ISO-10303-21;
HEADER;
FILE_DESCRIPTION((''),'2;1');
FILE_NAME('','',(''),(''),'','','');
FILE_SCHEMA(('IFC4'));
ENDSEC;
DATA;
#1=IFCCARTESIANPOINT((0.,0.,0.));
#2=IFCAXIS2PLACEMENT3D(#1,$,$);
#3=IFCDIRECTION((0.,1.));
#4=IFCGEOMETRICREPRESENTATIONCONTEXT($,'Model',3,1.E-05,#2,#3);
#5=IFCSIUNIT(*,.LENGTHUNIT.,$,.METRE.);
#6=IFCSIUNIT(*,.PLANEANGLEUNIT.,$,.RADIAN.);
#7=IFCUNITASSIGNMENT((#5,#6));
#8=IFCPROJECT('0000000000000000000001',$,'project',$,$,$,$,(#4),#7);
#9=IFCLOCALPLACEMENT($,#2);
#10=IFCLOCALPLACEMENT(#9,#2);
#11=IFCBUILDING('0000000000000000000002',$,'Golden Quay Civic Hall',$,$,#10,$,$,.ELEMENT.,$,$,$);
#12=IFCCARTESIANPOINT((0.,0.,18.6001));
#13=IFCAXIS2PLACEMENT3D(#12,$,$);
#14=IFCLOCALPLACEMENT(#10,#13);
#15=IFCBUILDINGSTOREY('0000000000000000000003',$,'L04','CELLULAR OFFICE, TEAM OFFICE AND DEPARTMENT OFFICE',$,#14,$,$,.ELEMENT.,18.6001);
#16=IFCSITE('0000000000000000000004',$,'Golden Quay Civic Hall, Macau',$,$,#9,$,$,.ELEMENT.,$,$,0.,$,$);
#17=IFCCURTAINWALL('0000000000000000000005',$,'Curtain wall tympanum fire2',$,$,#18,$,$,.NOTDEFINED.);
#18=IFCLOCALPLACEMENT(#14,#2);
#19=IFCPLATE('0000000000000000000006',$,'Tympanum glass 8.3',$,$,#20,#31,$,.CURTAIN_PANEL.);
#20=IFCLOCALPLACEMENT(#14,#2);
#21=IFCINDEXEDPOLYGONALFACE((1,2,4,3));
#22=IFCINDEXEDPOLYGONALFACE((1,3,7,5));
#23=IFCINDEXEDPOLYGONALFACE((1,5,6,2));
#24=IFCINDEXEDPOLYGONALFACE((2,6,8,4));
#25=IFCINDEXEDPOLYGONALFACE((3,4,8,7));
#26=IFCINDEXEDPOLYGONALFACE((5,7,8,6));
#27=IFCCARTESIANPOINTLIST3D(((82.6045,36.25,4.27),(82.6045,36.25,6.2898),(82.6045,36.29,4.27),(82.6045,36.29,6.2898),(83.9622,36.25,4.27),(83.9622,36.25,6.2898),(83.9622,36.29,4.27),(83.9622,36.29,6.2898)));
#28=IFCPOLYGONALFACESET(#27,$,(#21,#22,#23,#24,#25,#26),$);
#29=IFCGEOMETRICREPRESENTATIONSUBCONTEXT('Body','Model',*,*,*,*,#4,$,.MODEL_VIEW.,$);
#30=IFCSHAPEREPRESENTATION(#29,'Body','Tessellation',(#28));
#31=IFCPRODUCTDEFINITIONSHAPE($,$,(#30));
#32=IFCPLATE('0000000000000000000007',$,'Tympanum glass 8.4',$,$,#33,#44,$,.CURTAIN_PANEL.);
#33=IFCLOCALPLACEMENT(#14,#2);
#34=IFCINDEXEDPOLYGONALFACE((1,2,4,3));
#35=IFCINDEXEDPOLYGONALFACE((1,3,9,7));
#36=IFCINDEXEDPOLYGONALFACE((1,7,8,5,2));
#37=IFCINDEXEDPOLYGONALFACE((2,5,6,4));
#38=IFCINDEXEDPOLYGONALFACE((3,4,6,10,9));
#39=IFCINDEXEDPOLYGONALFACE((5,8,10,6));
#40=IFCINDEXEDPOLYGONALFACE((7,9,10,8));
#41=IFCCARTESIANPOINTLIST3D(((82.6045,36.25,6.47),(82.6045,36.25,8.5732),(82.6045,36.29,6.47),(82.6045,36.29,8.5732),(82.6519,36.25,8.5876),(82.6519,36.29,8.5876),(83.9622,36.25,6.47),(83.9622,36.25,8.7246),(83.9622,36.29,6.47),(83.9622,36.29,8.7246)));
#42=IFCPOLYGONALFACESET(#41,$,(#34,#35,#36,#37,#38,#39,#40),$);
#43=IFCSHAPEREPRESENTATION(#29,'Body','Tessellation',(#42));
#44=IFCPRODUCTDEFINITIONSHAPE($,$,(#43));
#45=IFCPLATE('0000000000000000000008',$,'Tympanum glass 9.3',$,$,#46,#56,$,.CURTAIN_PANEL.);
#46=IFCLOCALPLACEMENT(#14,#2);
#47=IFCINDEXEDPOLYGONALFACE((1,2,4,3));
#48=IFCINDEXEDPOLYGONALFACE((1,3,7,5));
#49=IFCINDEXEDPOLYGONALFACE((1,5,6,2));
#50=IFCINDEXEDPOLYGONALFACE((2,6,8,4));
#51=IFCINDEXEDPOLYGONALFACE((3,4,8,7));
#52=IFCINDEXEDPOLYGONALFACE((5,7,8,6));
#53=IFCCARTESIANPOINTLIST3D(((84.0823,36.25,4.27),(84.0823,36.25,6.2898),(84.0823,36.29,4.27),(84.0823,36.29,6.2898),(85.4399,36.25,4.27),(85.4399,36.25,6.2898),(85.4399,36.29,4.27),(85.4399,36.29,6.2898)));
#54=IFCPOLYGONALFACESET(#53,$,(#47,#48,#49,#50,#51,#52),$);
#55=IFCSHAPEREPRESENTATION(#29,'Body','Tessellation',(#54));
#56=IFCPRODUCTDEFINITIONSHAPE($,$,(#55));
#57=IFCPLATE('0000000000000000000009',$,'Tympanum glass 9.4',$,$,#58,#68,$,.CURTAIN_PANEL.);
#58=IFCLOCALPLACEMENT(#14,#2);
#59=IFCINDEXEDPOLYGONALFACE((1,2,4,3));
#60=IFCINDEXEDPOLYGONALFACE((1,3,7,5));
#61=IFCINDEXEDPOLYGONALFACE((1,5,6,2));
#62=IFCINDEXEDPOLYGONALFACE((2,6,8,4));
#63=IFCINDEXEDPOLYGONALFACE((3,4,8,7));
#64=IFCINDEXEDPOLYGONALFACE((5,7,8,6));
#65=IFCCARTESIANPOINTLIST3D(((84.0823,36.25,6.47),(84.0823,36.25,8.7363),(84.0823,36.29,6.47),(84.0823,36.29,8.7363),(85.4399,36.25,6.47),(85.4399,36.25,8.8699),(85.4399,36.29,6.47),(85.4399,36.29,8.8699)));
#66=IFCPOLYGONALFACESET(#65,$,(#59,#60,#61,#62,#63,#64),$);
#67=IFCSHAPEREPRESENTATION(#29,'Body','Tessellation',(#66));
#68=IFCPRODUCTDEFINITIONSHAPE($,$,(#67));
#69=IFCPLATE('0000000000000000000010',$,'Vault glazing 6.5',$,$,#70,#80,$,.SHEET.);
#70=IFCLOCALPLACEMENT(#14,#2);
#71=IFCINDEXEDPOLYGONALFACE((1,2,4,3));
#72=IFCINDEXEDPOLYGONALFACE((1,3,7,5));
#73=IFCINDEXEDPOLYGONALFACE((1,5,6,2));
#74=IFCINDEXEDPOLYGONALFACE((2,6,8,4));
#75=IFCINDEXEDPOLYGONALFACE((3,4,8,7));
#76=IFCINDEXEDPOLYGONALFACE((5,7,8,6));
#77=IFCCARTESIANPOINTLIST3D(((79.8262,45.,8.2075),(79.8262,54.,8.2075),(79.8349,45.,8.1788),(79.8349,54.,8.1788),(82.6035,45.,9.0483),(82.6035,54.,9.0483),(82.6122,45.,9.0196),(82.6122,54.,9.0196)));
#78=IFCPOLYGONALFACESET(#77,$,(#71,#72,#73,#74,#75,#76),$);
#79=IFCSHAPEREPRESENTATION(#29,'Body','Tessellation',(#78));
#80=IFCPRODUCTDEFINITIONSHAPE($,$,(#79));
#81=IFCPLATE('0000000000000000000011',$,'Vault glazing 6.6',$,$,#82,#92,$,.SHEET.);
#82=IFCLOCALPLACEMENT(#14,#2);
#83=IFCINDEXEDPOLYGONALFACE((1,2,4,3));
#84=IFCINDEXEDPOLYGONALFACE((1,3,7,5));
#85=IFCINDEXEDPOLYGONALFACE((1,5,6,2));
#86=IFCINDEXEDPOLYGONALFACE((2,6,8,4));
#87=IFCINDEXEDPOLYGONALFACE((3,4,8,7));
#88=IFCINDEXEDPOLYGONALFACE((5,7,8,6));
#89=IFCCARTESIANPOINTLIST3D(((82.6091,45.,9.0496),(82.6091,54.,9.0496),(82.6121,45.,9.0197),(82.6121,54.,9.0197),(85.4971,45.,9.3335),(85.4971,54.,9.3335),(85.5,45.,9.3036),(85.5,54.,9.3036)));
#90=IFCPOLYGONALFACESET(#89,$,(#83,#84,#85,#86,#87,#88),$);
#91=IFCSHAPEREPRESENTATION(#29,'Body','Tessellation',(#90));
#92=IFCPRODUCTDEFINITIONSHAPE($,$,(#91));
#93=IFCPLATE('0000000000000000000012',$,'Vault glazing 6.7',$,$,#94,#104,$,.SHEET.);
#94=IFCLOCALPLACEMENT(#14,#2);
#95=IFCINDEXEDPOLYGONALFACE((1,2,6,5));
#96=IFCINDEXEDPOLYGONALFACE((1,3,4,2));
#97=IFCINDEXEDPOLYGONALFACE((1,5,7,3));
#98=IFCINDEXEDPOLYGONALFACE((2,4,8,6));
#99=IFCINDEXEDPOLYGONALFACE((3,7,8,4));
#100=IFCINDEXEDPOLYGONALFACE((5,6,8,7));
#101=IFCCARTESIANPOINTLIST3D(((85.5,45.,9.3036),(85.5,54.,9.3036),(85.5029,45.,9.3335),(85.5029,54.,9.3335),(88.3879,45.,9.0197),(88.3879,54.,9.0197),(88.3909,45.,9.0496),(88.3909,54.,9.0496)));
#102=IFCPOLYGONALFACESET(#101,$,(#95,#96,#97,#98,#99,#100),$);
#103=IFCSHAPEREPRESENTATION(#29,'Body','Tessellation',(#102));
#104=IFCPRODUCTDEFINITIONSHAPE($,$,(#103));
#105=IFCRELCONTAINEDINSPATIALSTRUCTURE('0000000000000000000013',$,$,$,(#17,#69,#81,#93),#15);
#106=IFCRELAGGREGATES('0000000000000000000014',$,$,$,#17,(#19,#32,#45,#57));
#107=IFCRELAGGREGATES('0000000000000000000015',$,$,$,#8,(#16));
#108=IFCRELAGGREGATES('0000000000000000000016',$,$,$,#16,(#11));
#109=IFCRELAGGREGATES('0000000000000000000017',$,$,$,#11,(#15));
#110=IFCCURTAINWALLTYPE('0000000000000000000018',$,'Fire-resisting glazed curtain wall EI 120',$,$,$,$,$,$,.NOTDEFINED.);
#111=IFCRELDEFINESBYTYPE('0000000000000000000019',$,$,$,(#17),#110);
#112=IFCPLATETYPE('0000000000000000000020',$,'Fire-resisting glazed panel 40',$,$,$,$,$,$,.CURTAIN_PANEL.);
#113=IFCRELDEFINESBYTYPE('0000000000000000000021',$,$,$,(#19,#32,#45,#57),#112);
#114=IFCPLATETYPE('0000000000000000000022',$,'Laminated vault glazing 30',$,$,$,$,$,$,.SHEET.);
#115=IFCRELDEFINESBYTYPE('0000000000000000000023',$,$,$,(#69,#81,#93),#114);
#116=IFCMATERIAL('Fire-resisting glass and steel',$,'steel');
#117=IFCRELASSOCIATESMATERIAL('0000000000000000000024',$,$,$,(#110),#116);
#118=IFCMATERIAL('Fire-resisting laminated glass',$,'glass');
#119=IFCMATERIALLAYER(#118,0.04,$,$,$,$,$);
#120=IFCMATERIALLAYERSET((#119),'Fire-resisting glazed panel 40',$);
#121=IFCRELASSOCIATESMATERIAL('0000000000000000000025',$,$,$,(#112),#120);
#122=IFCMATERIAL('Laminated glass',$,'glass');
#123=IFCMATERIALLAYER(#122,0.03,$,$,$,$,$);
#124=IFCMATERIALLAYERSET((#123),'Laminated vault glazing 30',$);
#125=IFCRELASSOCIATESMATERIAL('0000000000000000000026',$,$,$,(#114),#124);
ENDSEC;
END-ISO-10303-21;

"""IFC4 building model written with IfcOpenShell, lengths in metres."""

from ifc_helpers import new_model, si_unit, direction, frame, origin, place, context, subcontext, project, spatial, polyline, outline, extrude, material, layer, layer_set, type_object, element, aggregate, save


model = new_model("IFC4")

# Units and contexts
model_context = context("Model", 3, precision=1e-05, world=origin(), true_north=direction((0.0, 1.0)))
body_context = subcontext(model_context, "Body", "Model", "MODEL_VIEW")
ifc_project = project(units=[si_unit("LENGTHUNIT", "METRE"), si_unit("PLANEANGLEUNIT", "RADIAN")], contexts=[model_context])

# Site, building, storey
site_placement = place(None, origin())
site = spatial("IfcSite", under=ifc_project, at=site_placement, Name="Golden Quay Civic Hall, Macau", CompositionType="ELEMENT", RefElevation=0.0)
building_placement = place(site_placement, origin())
building = spatial("IfcBuilding", under=site, at=building_placement, Name="Golden Quay Civic Hall", CompositionType="ELEMENT")
storey_placement = place(building_placement, frame((0.0, 0.0, 18.6001)))
storey = spatial("IfcBuildingStorey", under=building, at=storey_placement, Name="L04", Description="CELLULAR OFFICE, TEAM OFFICE AND DEPARTMENT OFFICE", CompositionType="ELEMENT", Elevation=18.6001)

# Curtain wall
ifc_material_1 = material(Name="Fire-resisting glass and steel", Category="steel")
curtain_wall_type = type_object("IfcCurtainWallType", Name="Fire-resisting glazed curtain wall EI 120", PredefinedType="NOTDEFINED", material=ifc_material_1)
curtain_wall_placement = place(storey_placement, origin())
curtain_wall = element("IfcCurtainWall", 1, at=curtain_wall_placement, inside=storey, type_object=curtain_wall_type, Name="Curtain wall tympanum fire2", PredefinedType="NOTDEFINED")

# Plates
ifc_material_2 = material(Name="Fire-resisting laminated glass", Category="glass")
ifc_layer_1 = layer(ifc_material_2, 0.04)
ifc_layer_set_1 = layer_set([ifc_layer_1], Name="Fire-resisting glazed panel 40")
plate_type_1 = type_object("IfcPlateType", Name="Fire-resisting glazed panel 40", PredefinedType="CURTAIN_PANEL", material=ifc_layer_set_1)
plate_1_placement = place(storey_placement, frame((83.9622, 36.29, 4.27), z_axis=(0.0, 1.0, 0.0), x_axis=(-1.0, 0.0, 0.0)))
plate_1 = element("IfcPlate", 2, at=plate_1_placement, type_object=plate_type_1, Name="Tympanum glass 8.3", PredefinedType="CURTAIN_PANEL", context=body_context, shape_type="SweptSolid", body=[
    extrude(outline(polyline([(0.0, 0.0), (1.3577, 0.0), (1.3577, 2.0198), (0.0, 2.0198), (0.0, 0.0)])), origin(), (0.0, 0.0, -1.0), 0.04),
])
plate_2_placement = place(storey_placement, frame((83.9622, 36.29, 6.47), z_axis=(0.0, 1.0, 0.0), x_axis=(-1.0, 0.0, 0.0)))
plate_2 = element("IfcPlate", 3, at=plate_2_placement, type_object=plate_type_1, Name="Tympanum glass 8.4", PredefinedType="CURTAIN_PANEL", context=body_context, shape_type="SweptSolid", body=[
    extrude(outline(polyline([(0.0, 0.0), (1.3577, 0.0), (1.3577, 2.1033), (1.3103, 2.1177), (0.0, 2.2546), (0.0, 0.0)])), origin(), (0.0, 0.0, -1.0), 0.04),
])
plate_3_placement = place(storey_placement, frame((85.4399, 36.29, 4.27), z_axis=(0.0, 1.0, 0.0), x_axis=(-1.0, 0.0, 0.0)))
plate_3 = element("IfcPlate", 4, at=plate_3_placement, type_object=plate_type_1, Name="Tympanum glass 9.3", PredefinedType="CURTAIN_PANEL", context=body_context, shape_type="SweptSolid", body=[
    extrude(outline(polyline([(0.0, 0.0), (1.3577, 0.0), (1.3577, 2.0198), (0.0, 2.0198), (0.0, 0.0)])), origin(), (0.0, 0.0, -1.0), 0.04),
])
plate_4_placement = place(storey_placement, frame((85.4399, 36.29, 6.47), z_axis=(0.0, 1.0, 0.0), x_axis=(-1.0, 0.0, 0.0)))
plate_4 = element("IfcPlate", 5, at=plate_4_placement, type_object=plate_type_1, Name="Tympanum glass 9.4", PredefinedType="CURTAIN_PANEL", context=body_context, shape_type="SweptSolid", body=[
    extrude(outline(polyline([(0.0, 0.0), (1.3577, 0.0), (1.3577, 2.2664), (0.0, 2.3999), (0.0, 0.0)])), origin(), (0.0, 0.0, -1.0), 0.04),
])
aggregate(curtain_wall, [plate_1, plate_2, plate_3, plate_4])

# Plates
ifc_material_3 = material(Name="Laminated glass", Category="glass")
ifc_layer_2 = layer(ifc_material_3, 0.03)
ifc_layer_set_2 = layer_set([ifc_layer_2], Name="Laminated vault glazing 30")
plate_type_2 = type_object("IfcPlateType", Name="Laminated vault glazing 30", PredefinedType="SHEET", material=ifc_layer_set_2)
plate_5_placement = place(storey_placement, frame((79.8262, 45.0, 8.2075), z_axis=(-0.289755, 0.0, 0.957101), x_axis=(0.957101, 0.0, 0.289755)))
element("IfcPlate", 6, at=plate_5_placement, inside=storey, type_object=plate_type_2, Name="Vault glazing 6.5", PredefinedType="SHEET", context=body_context, shape_type="SweptSolid", body=[
    extrude(outline(polyline([(0.0, 0.0), (2.9018, 0.0), (2.9018, 9.0), (0.0, 9.0), (0.0, 0.0)])), origin(), (0.0, 0.0, -1.0), 0.03),
])
for number, where, z_axis, x_axis, name in (
    (7, (82.6091, 45.0, 9.0496), (-0.097846, 0.0, 0.995202), (0.995202, 0.0, 0.097846), "Vault glazing 6.6"),
    (8, (85.5029, 45.0, 9.3335), (0.097846, 0.0, 0.995202), (0.995202, 0.0, -0.097846), "Vault glazing 6.7"),
):
    element("IfcPlate", number, at=place(storey_placement, frame(where, z_axis=z_axis, x_axis=x_axis)), inside=storey, type_object=plate_type_2, Name=name, PredefinedType="SHEET", context=body_context, shape_type="SweptSolid", body=[
        extrude(outline(polyline([(0.0, 0.0), (2.9019, 0.0), (2.9019, 9.0), (0.0, 9.0), (0.0, 0.0)])), origin(), (0.0, 0.0, -1.0), 0.03),
    ])

save(model, "model.ifc")
